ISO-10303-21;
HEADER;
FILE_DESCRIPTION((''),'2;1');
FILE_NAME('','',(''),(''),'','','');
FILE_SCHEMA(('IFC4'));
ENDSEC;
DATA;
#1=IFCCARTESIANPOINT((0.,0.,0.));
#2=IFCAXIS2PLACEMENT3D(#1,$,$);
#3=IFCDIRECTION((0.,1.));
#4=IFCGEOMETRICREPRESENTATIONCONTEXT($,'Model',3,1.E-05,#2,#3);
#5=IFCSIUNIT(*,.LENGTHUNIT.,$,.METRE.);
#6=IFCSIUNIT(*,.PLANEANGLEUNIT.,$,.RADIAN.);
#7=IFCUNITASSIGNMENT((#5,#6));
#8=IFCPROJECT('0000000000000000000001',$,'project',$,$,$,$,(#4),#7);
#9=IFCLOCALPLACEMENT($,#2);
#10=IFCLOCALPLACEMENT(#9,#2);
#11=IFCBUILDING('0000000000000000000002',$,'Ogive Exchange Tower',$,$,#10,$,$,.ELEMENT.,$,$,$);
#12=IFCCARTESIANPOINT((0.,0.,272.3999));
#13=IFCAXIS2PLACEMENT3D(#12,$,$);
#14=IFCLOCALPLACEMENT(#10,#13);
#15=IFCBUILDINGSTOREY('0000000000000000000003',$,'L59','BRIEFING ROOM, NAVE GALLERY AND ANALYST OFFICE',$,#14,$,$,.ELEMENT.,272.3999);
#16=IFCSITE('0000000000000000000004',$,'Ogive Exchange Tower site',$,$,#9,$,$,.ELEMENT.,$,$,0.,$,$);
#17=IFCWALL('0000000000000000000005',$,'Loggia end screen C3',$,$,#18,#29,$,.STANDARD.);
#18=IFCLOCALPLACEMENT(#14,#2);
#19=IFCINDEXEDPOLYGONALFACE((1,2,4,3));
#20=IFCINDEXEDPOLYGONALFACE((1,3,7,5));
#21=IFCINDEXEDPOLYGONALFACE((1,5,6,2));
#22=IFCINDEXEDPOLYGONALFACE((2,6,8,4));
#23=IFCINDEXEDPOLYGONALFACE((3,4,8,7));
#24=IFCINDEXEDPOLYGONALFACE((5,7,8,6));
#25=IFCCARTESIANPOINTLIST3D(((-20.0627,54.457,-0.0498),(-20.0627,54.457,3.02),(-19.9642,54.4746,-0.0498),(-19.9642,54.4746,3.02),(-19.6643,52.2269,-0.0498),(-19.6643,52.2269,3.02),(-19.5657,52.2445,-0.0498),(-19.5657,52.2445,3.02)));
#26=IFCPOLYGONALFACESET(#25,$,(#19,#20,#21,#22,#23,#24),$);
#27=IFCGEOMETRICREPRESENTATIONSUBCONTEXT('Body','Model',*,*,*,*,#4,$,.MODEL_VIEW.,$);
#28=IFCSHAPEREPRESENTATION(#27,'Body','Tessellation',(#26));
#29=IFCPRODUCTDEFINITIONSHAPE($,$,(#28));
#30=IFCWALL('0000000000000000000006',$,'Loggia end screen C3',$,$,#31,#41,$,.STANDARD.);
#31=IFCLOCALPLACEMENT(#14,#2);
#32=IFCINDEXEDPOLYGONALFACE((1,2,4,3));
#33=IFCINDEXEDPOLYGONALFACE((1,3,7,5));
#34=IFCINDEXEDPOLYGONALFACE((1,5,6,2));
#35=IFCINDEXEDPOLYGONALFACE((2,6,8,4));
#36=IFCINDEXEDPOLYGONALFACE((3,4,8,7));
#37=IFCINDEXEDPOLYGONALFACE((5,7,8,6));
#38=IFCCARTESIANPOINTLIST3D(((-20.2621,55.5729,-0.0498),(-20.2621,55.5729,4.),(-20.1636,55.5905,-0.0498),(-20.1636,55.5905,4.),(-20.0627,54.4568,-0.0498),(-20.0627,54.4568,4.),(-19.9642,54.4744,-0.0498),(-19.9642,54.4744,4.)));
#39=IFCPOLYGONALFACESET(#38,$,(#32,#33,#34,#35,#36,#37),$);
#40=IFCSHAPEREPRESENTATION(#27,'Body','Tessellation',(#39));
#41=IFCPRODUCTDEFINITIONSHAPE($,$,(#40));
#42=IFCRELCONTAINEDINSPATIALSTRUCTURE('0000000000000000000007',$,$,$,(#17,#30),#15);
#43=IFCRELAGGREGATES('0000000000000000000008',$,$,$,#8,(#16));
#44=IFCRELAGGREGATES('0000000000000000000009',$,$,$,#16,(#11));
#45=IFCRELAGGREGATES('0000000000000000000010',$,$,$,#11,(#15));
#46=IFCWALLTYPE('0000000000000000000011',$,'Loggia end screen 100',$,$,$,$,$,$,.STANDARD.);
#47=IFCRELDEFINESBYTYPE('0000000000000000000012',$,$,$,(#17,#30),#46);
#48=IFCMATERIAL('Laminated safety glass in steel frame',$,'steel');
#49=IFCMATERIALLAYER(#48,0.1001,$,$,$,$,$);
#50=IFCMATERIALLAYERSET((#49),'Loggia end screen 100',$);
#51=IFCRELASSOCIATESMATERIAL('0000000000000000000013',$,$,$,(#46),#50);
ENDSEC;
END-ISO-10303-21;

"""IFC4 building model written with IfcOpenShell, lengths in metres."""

from ifc_helpers import new_model, si_unit, direction, frame, frame_2d, origin, place, context, subcontext, project, spatial, rectangle, extrude, material, layer, layer_set, type_object, element, save


model = new_model("IFC4")

# Units and contexts
model_context = context("Model", 3, precision=1e-05, world=origin(), true_north=direction((0.0, 1.0)))
body_context = subcontext(model_context, "Body", "Model", "MODEL_VIEW")
ifc_project = project(units=[si_unit("LENGTHUNIT", "METRE"), si_unit("PLANEANGLEUNIT", "RADIAN")], contexts=[model_context])

# Site, building, storey
site_placement = place(None, origin())
site = spatial("IfcSite", under=ifc_project, at=site_placement, Name="Ogive Exchange Tower site", CompositionType="ELEMENT", RefElevation=0.0)
building_placement = place(site_placement, origin())
building = spatial("IfcBuilding", under=site, at=building_placement, Name="Ogive Exchange Tower", CompositionType="ELEMENT")
storey_placement = place(building_placement, frame((0.0, 0.0, 272.3999)))
storey = spatial("IfcBuildingStorey", under=building, at=storey_placement, Name="L59", Description="BRIEFING ROOM, NAVE GALLERY AND ANALYST OFFICE", CompositionType="ELEMENT", Elevation=272.3999)

# Walls
ifc_material_1 = material(Name="Laminated safety glass in steel frame", Category="steel")
ifc_layer_1 = layer(ifc_material_1, 0.1001)
ifc_layer_set_1 = layer_set([ifc_layer_1], Name="Loggia end screen 100")
wall_type_1 = type_object("IfcWallType", Name="Loggia end screen 100", PredefinedType="STANDARD", material=ifc_layer_set_1)
wall_1_placement = place(storey_placement, frame((-19.615, 52.2356, -0.0498), z_axis=(0.0, 0.0, 1.0), x_axis=(-0.175888, 0.98441, 0.0)))
element("IfcWall", 1, at=wall_1_placement, inside=storey, type_object=wall_type_1, Name="Loggia end screen C3", PredefinedType="STANDARD", context=body_context, shape_type="SweptSolid", body=[
    extrude(rectangle(XDim=2.2654, YDim=0.1001, at=frame_2d((1.1328, 0.0))), origin(), (0.0, 0.0, 1.0), 3.0698),
])
wall_2_placement = place(storey_placement, frame((-20.0134, 54.4656, -0.0498), z_axis=(0.0, 0.0, 1.0), x_axis=(-0.17591, 0.984406, 0.0)))
element("IfcWall", 2, at=wall_2_placement, inside=storey, type_object=wall_type_1, Name="Loggia end screen C3", PredefinedType="STANDARD", context=body_context, shape_type="SweptSolid", body=[
    extrude(rectangle(XDim=1.1338, YDim=0.1001, at=frame_2d((0.5669, 0.0))), origin(), (0.0, 0.0, 1.0), 4.0498),
])

save(model, "model.ifc")
